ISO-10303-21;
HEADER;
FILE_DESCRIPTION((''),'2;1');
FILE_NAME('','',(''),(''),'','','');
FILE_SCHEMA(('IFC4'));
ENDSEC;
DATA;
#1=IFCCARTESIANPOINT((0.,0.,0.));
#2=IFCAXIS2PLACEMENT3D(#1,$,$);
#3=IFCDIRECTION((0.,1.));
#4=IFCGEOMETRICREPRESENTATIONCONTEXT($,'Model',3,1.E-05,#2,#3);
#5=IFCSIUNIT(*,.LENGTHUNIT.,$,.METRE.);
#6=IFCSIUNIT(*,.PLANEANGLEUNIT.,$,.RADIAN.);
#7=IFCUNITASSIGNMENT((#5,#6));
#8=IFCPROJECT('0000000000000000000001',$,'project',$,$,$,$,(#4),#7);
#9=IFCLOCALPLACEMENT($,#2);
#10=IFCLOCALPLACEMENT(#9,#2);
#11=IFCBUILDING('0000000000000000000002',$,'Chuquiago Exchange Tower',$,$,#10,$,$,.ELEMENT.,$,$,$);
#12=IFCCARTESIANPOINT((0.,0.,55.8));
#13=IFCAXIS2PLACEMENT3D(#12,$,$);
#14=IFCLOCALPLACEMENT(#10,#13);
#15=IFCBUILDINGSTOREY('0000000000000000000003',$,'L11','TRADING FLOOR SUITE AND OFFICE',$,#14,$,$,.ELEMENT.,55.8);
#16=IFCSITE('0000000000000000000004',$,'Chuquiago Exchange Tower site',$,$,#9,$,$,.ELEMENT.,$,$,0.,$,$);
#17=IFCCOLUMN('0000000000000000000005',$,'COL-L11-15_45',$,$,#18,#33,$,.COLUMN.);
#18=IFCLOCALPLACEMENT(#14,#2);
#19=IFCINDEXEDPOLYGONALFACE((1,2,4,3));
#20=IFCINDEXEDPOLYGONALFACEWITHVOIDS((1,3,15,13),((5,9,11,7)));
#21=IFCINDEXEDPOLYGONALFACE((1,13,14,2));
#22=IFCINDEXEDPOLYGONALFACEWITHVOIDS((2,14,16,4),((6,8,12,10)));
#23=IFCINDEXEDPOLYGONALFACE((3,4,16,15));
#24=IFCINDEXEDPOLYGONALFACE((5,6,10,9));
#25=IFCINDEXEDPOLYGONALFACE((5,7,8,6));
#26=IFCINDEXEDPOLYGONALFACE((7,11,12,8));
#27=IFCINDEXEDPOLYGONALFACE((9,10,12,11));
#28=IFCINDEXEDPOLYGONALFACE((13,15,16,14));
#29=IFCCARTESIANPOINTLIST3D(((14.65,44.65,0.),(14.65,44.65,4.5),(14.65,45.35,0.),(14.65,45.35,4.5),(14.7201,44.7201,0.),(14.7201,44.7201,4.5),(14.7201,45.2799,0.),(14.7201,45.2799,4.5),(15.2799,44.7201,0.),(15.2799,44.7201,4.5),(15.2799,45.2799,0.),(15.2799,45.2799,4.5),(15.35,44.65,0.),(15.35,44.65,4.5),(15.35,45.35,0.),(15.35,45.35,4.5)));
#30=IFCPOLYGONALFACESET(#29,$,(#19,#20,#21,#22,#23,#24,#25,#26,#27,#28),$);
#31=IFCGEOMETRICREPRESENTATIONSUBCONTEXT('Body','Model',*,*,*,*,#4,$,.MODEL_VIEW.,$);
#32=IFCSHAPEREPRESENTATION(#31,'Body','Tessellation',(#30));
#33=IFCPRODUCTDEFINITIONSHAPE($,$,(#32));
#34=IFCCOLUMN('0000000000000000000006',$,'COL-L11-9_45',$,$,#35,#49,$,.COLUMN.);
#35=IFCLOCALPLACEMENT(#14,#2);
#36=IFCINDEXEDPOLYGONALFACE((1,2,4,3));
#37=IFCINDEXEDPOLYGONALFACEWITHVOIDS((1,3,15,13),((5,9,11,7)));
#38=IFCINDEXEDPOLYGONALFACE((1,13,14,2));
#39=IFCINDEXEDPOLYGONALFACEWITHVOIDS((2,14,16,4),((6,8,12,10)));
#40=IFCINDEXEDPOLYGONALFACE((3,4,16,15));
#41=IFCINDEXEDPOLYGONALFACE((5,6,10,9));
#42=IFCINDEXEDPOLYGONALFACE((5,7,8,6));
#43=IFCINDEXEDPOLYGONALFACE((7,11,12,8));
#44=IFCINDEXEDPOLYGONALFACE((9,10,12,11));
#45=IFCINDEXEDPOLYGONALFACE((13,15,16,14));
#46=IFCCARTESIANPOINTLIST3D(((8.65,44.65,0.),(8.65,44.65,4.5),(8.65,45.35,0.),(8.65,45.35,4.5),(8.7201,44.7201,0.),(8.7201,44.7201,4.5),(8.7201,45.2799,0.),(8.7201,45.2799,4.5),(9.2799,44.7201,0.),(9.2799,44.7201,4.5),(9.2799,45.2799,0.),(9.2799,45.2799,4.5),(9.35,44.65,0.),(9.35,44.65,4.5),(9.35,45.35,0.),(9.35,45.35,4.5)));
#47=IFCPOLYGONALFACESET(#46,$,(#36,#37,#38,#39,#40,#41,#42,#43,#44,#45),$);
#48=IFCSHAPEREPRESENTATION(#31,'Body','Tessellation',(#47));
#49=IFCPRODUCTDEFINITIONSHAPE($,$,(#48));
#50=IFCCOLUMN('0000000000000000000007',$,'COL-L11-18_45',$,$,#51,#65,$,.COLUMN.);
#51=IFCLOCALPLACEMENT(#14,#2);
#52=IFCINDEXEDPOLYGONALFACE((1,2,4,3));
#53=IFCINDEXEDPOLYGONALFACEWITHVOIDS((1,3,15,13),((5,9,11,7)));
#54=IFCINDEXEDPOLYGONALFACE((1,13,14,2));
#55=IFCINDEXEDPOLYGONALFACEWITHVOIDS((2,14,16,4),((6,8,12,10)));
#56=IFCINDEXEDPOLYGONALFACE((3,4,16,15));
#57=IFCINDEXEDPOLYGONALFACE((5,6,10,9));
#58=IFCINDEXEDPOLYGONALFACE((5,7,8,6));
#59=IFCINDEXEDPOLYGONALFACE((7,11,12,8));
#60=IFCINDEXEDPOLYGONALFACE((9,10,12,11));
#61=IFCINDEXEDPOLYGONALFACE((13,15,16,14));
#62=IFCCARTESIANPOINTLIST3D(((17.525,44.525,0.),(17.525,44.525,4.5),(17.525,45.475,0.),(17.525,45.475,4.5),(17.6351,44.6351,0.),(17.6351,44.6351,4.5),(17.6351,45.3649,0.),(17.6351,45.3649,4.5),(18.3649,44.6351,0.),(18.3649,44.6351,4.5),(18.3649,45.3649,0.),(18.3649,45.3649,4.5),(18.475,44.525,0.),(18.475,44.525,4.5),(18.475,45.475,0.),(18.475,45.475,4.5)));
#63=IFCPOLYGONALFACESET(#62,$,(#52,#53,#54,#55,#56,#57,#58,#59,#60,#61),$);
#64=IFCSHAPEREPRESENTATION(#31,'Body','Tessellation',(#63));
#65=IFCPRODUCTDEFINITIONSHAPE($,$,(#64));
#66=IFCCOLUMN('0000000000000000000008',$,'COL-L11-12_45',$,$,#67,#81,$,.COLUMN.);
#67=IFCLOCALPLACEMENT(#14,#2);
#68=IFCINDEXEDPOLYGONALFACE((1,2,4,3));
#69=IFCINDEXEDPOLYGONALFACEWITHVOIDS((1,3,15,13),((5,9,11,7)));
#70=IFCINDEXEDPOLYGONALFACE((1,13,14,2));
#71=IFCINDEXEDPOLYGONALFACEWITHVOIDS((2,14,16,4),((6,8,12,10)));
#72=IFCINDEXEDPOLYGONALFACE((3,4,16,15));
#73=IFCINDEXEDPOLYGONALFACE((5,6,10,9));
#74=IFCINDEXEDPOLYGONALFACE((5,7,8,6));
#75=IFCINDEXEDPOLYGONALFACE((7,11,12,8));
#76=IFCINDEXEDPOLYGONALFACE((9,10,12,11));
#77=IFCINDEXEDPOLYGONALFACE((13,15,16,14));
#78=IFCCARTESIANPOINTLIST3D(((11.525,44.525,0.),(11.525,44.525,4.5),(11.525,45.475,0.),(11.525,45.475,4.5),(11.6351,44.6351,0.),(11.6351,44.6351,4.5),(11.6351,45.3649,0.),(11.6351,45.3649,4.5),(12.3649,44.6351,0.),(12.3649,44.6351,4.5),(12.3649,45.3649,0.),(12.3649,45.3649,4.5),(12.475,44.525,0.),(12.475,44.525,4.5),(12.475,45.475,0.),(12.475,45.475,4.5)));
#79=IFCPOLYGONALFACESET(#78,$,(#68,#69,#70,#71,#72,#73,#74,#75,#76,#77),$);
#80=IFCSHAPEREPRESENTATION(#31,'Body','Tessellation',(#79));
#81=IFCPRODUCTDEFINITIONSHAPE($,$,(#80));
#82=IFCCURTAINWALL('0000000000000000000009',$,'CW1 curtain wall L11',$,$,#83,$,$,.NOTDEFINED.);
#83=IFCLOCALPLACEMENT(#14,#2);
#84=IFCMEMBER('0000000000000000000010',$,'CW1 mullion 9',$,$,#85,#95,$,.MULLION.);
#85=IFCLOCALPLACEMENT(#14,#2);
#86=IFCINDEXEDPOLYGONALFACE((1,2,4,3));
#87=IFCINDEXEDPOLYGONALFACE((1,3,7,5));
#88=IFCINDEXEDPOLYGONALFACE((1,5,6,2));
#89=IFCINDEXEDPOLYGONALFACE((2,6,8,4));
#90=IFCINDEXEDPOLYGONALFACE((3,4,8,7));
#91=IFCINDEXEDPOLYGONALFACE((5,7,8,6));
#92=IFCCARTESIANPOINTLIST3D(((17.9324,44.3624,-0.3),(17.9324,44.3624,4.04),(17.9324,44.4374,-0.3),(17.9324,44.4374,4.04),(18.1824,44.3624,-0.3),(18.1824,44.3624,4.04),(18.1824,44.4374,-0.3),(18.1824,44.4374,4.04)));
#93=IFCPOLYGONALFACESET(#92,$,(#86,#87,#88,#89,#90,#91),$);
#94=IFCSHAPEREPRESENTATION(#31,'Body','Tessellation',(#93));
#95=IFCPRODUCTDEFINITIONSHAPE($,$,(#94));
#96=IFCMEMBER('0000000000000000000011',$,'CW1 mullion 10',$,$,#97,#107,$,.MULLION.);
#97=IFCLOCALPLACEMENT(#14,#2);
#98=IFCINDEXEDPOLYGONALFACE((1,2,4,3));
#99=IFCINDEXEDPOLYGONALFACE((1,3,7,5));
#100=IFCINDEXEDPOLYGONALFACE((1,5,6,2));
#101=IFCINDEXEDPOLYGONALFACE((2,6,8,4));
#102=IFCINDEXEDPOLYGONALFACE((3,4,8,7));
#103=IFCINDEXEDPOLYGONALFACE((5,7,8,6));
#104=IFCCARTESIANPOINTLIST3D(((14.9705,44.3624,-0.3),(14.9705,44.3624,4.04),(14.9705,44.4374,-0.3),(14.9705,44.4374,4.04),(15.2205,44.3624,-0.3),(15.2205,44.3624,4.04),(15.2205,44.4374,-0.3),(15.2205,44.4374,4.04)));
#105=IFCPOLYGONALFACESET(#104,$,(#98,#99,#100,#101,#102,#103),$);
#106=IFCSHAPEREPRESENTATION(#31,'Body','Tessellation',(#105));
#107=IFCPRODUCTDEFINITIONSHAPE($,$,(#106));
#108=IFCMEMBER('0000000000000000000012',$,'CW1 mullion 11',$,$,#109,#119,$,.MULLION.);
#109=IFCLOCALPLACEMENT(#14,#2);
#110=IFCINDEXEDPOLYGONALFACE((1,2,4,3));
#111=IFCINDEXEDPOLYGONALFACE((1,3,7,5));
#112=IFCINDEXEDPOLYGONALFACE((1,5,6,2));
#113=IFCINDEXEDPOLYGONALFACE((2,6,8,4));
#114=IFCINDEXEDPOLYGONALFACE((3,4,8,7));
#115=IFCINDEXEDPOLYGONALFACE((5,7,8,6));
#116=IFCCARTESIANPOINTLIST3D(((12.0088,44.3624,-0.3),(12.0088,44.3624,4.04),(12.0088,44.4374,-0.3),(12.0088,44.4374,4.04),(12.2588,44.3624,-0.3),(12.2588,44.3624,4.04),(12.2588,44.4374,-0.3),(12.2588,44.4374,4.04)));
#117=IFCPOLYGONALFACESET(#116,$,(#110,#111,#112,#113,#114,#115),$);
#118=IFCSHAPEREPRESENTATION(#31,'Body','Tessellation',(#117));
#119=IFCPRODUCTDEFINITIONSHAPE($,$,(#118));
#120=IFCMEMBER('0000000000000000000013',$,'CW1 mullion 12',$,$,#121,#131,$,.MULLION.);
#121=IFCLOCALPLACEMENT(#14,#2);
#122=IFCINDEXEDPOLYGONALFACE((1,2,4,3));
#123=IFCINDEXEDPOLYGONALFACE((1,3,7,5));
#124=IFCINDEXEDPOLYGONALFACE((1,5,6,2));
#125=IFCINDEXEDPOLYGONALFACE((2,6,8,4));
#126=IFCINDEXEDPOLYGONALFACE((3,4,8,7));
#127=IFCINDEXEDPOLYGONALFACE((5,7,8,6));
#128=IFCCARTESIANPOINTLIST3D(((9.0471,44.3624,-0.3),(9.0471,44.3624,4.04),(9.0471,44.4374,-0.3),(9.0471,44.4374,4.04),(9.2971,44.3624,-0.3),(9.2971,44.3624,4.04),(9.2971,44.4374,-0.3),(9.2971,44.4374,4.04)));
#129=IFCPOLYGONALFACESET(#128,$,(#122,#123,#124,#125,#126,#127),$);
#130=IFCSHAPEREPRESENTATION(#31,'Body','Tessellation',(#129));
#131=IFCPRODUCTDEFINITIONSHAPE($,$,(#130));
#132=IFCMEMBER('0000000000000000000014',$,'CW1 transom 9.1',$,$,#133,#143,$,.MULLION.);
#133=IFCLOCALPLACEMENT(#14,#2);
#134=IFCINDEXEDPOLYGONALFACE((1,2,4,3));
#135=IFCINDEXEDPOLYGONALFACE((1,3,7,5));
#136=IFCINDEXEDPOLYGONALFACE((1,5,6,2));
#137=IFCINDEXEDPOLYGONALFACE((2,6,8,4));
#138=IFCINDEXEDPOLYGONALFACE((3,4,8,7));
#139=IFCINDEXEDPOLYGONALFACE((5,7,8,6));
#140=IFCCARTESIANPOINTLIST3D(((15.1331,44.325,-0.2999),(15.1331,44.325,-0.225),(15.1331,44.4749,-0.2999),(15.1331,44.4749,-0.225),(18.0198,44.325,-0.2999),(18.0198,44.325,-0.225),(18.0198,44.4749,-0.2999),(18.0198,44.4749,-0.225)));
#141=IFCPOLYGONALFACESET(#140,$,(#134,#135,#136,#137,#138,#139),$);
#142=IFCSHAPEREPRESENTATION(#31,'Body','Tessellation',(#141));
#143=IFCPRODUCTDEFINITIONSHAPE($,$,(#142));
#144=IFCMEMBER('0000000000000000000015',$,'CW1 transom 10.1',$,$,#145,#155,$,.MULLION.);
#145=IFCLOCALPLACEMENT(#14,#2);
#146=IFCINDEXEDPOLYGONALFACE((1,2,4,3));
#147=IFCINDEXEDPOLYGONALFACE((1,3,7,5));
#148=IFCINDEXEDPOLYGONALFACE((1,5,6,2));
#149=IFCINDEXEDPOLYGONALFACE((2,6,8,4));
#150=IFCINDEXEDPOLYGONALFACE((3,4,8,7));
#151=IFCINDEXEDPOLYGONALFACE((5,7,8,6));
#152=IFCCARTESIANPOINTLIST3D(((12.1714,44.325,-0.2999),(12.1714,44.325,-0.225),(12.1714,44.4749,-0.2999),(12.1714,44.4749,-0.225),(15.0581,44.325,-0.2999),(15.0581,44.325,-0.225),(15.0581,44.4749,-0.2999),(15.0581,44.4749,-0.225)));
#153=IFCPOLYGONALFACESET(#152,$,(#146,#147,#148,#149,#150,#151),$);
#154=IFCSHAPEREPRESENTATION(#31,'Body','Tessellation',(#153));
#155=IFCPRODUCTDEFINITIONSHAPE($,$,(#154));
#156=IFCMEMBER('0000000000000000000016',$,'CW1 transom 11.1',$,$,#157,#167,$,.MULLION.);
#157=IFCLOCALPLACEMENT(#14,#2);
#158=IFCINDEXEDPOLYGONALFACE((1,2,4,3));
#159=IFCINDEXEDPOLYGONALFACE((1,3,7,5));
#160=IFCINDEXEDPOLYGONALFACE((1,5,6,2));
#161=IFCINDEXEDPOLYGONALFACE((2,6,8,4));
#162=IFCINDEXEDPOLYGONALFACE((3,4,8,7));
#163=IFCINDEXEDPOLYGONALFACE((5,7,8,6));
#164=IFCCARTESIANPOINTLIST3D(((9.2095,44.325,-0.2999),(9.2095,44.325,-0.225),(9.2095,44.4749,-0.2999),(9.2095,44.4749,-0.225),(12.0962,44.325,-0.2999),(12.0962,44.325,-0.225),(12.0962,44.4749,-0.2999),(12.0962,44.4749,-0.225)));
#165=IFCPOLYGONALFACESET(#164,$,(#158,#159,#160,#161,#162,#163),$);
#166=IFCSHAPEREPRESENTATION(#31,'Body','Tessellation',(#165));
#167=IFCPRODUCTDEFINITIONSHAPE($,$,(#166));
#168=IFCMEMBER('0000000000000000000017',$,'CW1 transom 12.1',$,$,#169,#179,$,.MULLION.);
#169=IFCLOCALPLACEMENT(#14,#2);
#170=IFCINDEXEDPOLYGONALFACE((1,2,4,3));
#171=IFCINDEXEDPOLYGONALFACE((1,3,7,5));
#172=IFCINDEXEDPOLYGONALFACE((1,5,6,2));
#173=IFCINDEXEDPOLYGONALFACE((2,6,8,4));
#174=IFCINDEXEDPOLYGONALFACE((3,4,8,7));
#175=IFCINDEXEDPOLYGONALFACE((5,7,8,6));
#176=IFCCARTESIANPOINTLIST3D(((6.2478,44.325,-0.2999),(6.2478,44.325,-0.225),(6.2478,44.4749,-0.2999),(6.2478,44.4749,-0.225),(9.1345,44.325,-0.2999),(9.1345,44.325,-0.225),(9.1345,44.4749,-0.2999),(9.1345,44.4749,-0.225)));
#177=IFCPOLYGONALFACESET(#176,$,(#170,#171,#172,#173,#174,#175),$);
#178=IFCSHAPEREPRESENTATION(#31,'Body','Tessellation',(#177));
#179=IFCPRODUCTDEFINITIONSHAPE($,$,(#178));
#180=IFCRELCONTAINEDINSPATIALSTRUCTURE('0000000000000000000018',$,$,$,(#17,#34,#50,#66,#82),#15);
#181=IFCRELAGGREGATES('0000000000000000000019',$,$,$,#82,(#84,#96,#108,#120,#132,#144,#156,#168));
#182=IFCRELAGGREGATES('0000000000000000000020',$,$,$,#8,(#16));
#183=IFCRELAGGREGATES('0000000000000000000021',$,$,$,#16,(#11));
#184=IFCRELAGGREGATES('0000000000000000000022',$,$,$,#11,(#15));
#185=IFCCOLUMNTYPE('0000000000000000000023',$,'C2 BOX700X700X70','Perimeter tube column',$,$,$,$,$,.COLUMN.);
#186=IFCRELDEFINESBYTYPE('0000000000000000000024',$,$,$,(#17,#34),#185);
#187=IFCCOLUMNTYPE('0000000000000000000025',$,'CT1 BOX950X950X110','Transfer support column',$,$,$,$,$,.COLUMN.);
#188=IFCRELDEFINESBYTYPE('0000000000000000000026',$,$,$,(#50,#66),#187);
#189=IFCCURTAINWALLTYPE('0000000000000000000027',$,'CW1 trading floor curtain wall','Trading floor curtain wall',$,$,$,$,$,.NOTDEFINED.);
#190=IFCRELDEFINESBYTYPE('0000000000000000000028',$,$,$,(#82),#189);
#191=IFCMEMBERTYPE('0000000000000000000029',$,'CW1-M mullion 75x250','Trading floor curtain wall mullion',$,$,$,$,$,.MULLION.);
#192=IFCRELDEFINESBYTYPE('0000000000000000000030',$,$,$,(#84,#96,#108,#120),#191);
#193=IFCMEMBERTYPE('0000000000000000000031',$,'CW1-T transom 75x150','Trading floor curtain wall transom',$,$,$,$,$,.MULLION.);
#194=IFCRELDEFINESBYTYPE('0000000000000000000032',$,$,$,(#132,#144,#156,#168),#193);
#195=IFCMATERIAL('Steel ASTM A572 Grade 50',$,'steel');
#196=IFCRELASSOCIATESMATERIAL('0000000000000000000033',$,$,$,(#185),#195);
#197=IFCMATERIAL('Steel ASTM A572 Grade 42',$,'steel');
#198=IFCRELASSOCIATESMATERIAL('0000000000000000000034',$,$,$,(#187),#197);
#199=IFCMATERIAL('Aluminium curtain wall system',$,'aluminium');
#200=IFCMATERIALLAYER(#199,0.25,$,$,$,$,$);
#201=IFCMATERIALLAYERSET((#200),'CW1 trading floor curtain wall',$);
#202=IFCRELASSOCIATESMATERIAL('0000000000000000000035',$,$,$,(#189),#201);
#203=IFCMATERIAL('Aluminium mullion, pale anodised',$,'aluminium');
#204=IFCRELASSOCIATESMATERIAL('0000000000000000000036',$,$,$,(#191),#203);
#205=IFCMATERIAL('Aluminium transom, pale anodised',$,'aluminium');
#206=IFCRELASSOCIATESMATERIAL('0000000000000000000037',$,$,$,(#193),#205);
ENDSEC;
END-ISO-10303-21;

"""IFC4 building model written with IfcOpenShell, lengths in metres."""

from ifc_helpers import new_model, si_unit, direction, frame, origin, origin_2d, place, context, subcontext, project, spatial, rectangle, hollow_rectangle, extrude, material, layer, layer_set, material_profile, profile_set, type_object, element, aggregate, save


model = new_model("IFC4")

# Units and contexts
model_context = context("Model", 3, precision=1e-05, world=origin(), true_north=direction((0.0, 1.0)))
body_context = subcontext(model_context, "Body", "Model", "MODEL_VIEW")
ifc_project = project(units=[si_unit("LENGTHUNIT", "METRE"), si_unit("PLANEANGLEUNIT", "RADIAN")], contexts=[model_context])

# Site, building, storey
site_placement = place(None, origin())
site = spatial("IfcSite", under=ifc_project, at=site_placement, Name="Chuquiago Exchange Tower site", CompositionType="ELEMENT", RefElevation=0.0)
building_placement = place(site_placement, origin())
building = spatial("IfcBuilding", under=site, at=building_placement, Name="Chuquiago Exchange Tower", CompositionType="ELEMENT")
storey_placement = place(building_placement, frame((0.0, 0.0, 55.8)))
storey = spatial("IfcBuildingStorey", under=building, at=storey_placement, Name="L11", Description="TRADING FLOOR SUITE AND OFFICE", CompositionType="ELEMENT", Elevation=55.8)

# Columns
ifc_material_1 = material(Name="Steel ASTM A572 Grade 50", Category="steel")
ifc_material_profile_1 = material_profile(ifc_material_1, hollow_rectangle(XDim=0.7, YDim=0.7, WallThickness=0.0701, at=origin_2d()), Name="BOX700X700X70")
ifc_profile_set_1 = profile_set([ifc_material_profile_1], Name="Steel ASTM A572 Grade 50")
column_type_1 = type_object("IfcColumnType", Name="C2 BOX700X700X70", Description="Perimeter tube column", PredefinedType="COLUMN", material=ifc_profile_set_1)
for number, where, z_axis, x_axis, name in (
    (1, (15.0, 45.0, 0.0), (0.0, 0.0, 1.0), (0.0, 1.0, 0.0), "COL-L11-15_45"),
    (2, (9.0, 45.0, 0.0), (0.0, 0.0, 1.0), (0.0, 1.0, 0.0), "COL-L11-9_45"),
):
    element("IfcColumn", number, at=place(storey_placement, frame(where, z_axis=z_axis, x_axis=x_axis)), inside=storey, type_object=column_type_1, Name=name, PredefinedType="COLUMN", context=body_context, shape_type="SweptSolid", body=[
        extrude(hollow_rectangle(XDim=0.7, YDim=0.7, WallThickness=0.0701, at=origin_2d()), origin(), (0.0, 0.0, 1.0), 4.5),
    ])
ifc_material_2 = material(Name="Steel ASTM A572 Grade 42", Category="steel")
ifc_material_profile_2 = material_profile(ifc_material_2, hollow_rectangle(XDim=0.95, YDim=0.95, WallThickness=0.1101, at=origin_2d()), Name="BOX950X950X110")
ifc_profile_set_2 = profile_set([ifc_material_profile_2], Name="Steel ASTM A572 Grade 42")
column_type_2 = type_object("IfcColumnType", Name="CT1 BOX950X950X110", Description="Transfer support column", PredefinedType="COLUMN", material=ifc_profile_set_2)
for number, where, z_axis, x_axis, name in (
    (3, (18.0, 45.0, 0.0), (0.0, 0.0, 1.0), (0.0, 1.0, 0.0), "COL-L11-18_45"),
    (4, (12.0, 45.0, 0.0), (0.0, 0.0, 1.0), (0.0, 1.0, 0.0), "COL-L11-12_45"),
):
    element("IfcColumn", number, at=place(storey_placement, frame(where, z_axis=z_axis, x_axis=x_axis)), inside=storey, type_object=column_type_2, Name=name, PredefinedType="COLUMN", context=body_context, shape_type="SweptSolid", body=[
        extrude(hollow_rectangle(XDim=0.95, YDim=0.95, WallThickness=0.1101, at=origin_2d()), origin(), (0.0, 0.0, 1.0), 4.5),
    ])

# Curtain wall, members
ifc_material_3 = material(Name="Aluminium curtain wall system", Category="aluminium")
ifc_layer_1 = layer(ifc_material_3, 0.25)
ifc_layer_set_1 = layer_set([ifc_layer_1], Name="CW1 trading floor curtain wall")
curtain_wall_type = type_object("IfcCurtainWallType", Name="CW1 trading floor curtain wall", Description="Trading floor curtain wall", PredefinedType="NOTDEFINED", material=ifc_layer_set_1)
curtain_wall_placement = place(storey_placement, origin())
curtain_wall = element("IfcCurtainWall", 5, at=curtain_wall_placement, inside=storey, type_object=curtain_wall_type, Name="CW1 curtain wall L11", PredefinedType="NOTDEFINED")
ifc_material_4 = material(Name="Aluminium mullion, pale anodised", Category="aluminium")
ifc_material_profile_3 = material_profile(ifc_material_4, rectangle(XDim=0.075, YDim=0.25, at=origin_2d()), Name="AL 75x250")
ifc_profile_set_3 = profile_set([ifc_material_profile_3], Name="Aluminium mullion, pale anodised")
member_type_1 = type_object("IfcMemberType", Name="CW1-M mullion 75x250", Description="Trading floor curtain wall mullion", PredefinedType="MULLION", material=ifc_profile_set_3)
member_1_placement = place(storey_placement, frame((18.0574, 44.3999, -0.3), z_axis=(0.0, 0.0, 1.0), x_axis=(0.0, -1.0, 0.0)))
member_1 = element("IfcMember", 6, at=member_1_placement, type_object=member_type_1, Name="CW1 mullion 9", PredefinedType="MULLION", context=body_context, shape_type="SweptSolid", body=[
    extrude(rectangle(XDim=0.075, YDim=0.25, at=origin_2d()), origin(), (0.0, 0.0, 1.0), 4.3401),
])
member_2_placement = place(storey_placement, frame((15.0955, 44.3999, -0.3), z_axis=(0.0, 0.0, 1.0), x_axis=(0.0, -1.0, 0.0)))
member_2 = element("IfcMember", 7, at=member_2_placement, type_object=member_type_1, Name="CW1 mullion 10", PredefinedType="MULLION", context=body_context, shape_type="SweptSolid", body=[
    extrude(rectangle(XDim=0.075, YDim=0.25, at=origin_2d()), origin(), (0.0, 0.0, 1.0), 4.3401),
])
member_3_placement = place(storey_placement, frame((12.1338, 44.3999, -0.3), z_axis=(0.0, 0.0, 1.0), x_axis=(0.0, -1.0, 0.0)))
member_3 = element("IfcMember", 8, at=member_3_placement, type_object=member_type_1, Name="CW1 mullion 11", PredefinedType="MULLION", context=body_context, shape_type="SweptSolid", body=[
    extrude(rectangle(XDim=0.075, YDim=0.25, at=origin_2d()), origin(), (0.0, 0.0, 1.0), 4.3401),
])
member_4_placement = place(storey_placement, frame((9.1721, 44.3999, -0.3), z_axis=(0.0, 0.0, 1.0), x_axis=(0.0, -1.0, 0.0)))
member_4 = element("IfcMember", 9, at=member_4_placement, type_object=member_type_1, Name="CW1 mullion 12", PredefinedType="MULLION", context=body_context, shape_type="SweptSolid", body=[
    extrude(rectangle(XDim=0.075, YDim=0.25, at=origin_2d()), origin(), (0.0, 0.0, 1.0), 4.3401),
])
ifc_material_5 = material(Name="Aluminium transom, pale anodised", Category="aluminium")
ifc_material_profile_4 = material_profile(ifc_material_5, rectangle(XDim=0.1499, YDim=0.075, at=origin_2d()), Name="AL 150x75")
ifc_profile_set_4 = profile_set([ifc_material_profile_4], Name="Aluminium transom, pale anodised")
member_type_2 = type_object("IfcMemberType", Name="CW1-T transom 75x150", Description="Trading floor curtain wall transom", PredefinedType="MULLION", material=ifc_profile_set_4)
member_5_placement = place(storey_placement, frame((18.0198, 44.3999, -0.2625), z_axis=(-1.0, 0.0, 0.0), x_axis=(0.0, -1.0, 0.0)))
member_5 = element("IfcMember", 10, at=member_5_placement, type_object=member_type_2, Name="CW1 transom 9.1", PredefinedType="MULLION", context=body_context, shape_type="SweptSolid", body=[
    extrude(rectangle(XDim=0.1499, YDim=0.075, at=origin_2d()), origin(), (0.0, 0.0, 1.0), 2.8867),
])
member_6_placement = place(storey_placement, frame((15.0581, 44.3999, -0.2625), z_axis=(-1.0, 0.0, 0.0), x_axis=(0.0, -1.0, 0.0)))
member_6 = element("IfcMember", 11, at=member_6_placement, type_object=member_type_2, Name="CW1 transom 10.1", PredefinedType="MULLION", context=body_context, shape_type="SweptSolid", body=[
    extrude(rectangle(XDim=0.1499, YDim=0.075, at=origin_2d()), origin(), (0.0, 0.0, 1.0), 2.8867),
])
member_7_placement = place(storey_placement, frame((12.0962, 44.3999, -0.2625), z_axis=(-1.0, 0.0, 0.0), x_axis=(0.0, -1.0, 0.0)))
member_7 = element("IfcMember", 12, at=member_7_placement, type_object=member_type_2, Name="CW1 transom 11.1", PredefinedType="MULLION", context=body_context, shape_type="SweptSolid", body=[
    extrude(rectangle(XDim=0.1499, YDim=0.075, at=origin_2d()), origin(), (0.0, 0.0, 1.0), 2.8867),
])
member_8_placement = place(storey_placement, frame((9.1345, 44.3999, -0.2625), z_axis=(-1.0, 0.0, 0.0), x_axis=(0.0, -1.0, 0.0)))
member_8 = element("IfcMember", 13, at=member_8_placement, type_object=member_type_2, Name="CW1 transom 12.1", PredefinedType="MULLION", context=body_context, shape_type="SweptSolid", body=[
    extrude(rectangle(XDim=0.1499, YDim=0.075, at=origin_2d()), origin(), (0.0, 0.0, 1.0), 2.8867),
])

aggregate(curtain_wall, [member_1, member_2, member_3, member_4, member_5, member_6, member_7, member_8])

save(model, "model.ifc")
